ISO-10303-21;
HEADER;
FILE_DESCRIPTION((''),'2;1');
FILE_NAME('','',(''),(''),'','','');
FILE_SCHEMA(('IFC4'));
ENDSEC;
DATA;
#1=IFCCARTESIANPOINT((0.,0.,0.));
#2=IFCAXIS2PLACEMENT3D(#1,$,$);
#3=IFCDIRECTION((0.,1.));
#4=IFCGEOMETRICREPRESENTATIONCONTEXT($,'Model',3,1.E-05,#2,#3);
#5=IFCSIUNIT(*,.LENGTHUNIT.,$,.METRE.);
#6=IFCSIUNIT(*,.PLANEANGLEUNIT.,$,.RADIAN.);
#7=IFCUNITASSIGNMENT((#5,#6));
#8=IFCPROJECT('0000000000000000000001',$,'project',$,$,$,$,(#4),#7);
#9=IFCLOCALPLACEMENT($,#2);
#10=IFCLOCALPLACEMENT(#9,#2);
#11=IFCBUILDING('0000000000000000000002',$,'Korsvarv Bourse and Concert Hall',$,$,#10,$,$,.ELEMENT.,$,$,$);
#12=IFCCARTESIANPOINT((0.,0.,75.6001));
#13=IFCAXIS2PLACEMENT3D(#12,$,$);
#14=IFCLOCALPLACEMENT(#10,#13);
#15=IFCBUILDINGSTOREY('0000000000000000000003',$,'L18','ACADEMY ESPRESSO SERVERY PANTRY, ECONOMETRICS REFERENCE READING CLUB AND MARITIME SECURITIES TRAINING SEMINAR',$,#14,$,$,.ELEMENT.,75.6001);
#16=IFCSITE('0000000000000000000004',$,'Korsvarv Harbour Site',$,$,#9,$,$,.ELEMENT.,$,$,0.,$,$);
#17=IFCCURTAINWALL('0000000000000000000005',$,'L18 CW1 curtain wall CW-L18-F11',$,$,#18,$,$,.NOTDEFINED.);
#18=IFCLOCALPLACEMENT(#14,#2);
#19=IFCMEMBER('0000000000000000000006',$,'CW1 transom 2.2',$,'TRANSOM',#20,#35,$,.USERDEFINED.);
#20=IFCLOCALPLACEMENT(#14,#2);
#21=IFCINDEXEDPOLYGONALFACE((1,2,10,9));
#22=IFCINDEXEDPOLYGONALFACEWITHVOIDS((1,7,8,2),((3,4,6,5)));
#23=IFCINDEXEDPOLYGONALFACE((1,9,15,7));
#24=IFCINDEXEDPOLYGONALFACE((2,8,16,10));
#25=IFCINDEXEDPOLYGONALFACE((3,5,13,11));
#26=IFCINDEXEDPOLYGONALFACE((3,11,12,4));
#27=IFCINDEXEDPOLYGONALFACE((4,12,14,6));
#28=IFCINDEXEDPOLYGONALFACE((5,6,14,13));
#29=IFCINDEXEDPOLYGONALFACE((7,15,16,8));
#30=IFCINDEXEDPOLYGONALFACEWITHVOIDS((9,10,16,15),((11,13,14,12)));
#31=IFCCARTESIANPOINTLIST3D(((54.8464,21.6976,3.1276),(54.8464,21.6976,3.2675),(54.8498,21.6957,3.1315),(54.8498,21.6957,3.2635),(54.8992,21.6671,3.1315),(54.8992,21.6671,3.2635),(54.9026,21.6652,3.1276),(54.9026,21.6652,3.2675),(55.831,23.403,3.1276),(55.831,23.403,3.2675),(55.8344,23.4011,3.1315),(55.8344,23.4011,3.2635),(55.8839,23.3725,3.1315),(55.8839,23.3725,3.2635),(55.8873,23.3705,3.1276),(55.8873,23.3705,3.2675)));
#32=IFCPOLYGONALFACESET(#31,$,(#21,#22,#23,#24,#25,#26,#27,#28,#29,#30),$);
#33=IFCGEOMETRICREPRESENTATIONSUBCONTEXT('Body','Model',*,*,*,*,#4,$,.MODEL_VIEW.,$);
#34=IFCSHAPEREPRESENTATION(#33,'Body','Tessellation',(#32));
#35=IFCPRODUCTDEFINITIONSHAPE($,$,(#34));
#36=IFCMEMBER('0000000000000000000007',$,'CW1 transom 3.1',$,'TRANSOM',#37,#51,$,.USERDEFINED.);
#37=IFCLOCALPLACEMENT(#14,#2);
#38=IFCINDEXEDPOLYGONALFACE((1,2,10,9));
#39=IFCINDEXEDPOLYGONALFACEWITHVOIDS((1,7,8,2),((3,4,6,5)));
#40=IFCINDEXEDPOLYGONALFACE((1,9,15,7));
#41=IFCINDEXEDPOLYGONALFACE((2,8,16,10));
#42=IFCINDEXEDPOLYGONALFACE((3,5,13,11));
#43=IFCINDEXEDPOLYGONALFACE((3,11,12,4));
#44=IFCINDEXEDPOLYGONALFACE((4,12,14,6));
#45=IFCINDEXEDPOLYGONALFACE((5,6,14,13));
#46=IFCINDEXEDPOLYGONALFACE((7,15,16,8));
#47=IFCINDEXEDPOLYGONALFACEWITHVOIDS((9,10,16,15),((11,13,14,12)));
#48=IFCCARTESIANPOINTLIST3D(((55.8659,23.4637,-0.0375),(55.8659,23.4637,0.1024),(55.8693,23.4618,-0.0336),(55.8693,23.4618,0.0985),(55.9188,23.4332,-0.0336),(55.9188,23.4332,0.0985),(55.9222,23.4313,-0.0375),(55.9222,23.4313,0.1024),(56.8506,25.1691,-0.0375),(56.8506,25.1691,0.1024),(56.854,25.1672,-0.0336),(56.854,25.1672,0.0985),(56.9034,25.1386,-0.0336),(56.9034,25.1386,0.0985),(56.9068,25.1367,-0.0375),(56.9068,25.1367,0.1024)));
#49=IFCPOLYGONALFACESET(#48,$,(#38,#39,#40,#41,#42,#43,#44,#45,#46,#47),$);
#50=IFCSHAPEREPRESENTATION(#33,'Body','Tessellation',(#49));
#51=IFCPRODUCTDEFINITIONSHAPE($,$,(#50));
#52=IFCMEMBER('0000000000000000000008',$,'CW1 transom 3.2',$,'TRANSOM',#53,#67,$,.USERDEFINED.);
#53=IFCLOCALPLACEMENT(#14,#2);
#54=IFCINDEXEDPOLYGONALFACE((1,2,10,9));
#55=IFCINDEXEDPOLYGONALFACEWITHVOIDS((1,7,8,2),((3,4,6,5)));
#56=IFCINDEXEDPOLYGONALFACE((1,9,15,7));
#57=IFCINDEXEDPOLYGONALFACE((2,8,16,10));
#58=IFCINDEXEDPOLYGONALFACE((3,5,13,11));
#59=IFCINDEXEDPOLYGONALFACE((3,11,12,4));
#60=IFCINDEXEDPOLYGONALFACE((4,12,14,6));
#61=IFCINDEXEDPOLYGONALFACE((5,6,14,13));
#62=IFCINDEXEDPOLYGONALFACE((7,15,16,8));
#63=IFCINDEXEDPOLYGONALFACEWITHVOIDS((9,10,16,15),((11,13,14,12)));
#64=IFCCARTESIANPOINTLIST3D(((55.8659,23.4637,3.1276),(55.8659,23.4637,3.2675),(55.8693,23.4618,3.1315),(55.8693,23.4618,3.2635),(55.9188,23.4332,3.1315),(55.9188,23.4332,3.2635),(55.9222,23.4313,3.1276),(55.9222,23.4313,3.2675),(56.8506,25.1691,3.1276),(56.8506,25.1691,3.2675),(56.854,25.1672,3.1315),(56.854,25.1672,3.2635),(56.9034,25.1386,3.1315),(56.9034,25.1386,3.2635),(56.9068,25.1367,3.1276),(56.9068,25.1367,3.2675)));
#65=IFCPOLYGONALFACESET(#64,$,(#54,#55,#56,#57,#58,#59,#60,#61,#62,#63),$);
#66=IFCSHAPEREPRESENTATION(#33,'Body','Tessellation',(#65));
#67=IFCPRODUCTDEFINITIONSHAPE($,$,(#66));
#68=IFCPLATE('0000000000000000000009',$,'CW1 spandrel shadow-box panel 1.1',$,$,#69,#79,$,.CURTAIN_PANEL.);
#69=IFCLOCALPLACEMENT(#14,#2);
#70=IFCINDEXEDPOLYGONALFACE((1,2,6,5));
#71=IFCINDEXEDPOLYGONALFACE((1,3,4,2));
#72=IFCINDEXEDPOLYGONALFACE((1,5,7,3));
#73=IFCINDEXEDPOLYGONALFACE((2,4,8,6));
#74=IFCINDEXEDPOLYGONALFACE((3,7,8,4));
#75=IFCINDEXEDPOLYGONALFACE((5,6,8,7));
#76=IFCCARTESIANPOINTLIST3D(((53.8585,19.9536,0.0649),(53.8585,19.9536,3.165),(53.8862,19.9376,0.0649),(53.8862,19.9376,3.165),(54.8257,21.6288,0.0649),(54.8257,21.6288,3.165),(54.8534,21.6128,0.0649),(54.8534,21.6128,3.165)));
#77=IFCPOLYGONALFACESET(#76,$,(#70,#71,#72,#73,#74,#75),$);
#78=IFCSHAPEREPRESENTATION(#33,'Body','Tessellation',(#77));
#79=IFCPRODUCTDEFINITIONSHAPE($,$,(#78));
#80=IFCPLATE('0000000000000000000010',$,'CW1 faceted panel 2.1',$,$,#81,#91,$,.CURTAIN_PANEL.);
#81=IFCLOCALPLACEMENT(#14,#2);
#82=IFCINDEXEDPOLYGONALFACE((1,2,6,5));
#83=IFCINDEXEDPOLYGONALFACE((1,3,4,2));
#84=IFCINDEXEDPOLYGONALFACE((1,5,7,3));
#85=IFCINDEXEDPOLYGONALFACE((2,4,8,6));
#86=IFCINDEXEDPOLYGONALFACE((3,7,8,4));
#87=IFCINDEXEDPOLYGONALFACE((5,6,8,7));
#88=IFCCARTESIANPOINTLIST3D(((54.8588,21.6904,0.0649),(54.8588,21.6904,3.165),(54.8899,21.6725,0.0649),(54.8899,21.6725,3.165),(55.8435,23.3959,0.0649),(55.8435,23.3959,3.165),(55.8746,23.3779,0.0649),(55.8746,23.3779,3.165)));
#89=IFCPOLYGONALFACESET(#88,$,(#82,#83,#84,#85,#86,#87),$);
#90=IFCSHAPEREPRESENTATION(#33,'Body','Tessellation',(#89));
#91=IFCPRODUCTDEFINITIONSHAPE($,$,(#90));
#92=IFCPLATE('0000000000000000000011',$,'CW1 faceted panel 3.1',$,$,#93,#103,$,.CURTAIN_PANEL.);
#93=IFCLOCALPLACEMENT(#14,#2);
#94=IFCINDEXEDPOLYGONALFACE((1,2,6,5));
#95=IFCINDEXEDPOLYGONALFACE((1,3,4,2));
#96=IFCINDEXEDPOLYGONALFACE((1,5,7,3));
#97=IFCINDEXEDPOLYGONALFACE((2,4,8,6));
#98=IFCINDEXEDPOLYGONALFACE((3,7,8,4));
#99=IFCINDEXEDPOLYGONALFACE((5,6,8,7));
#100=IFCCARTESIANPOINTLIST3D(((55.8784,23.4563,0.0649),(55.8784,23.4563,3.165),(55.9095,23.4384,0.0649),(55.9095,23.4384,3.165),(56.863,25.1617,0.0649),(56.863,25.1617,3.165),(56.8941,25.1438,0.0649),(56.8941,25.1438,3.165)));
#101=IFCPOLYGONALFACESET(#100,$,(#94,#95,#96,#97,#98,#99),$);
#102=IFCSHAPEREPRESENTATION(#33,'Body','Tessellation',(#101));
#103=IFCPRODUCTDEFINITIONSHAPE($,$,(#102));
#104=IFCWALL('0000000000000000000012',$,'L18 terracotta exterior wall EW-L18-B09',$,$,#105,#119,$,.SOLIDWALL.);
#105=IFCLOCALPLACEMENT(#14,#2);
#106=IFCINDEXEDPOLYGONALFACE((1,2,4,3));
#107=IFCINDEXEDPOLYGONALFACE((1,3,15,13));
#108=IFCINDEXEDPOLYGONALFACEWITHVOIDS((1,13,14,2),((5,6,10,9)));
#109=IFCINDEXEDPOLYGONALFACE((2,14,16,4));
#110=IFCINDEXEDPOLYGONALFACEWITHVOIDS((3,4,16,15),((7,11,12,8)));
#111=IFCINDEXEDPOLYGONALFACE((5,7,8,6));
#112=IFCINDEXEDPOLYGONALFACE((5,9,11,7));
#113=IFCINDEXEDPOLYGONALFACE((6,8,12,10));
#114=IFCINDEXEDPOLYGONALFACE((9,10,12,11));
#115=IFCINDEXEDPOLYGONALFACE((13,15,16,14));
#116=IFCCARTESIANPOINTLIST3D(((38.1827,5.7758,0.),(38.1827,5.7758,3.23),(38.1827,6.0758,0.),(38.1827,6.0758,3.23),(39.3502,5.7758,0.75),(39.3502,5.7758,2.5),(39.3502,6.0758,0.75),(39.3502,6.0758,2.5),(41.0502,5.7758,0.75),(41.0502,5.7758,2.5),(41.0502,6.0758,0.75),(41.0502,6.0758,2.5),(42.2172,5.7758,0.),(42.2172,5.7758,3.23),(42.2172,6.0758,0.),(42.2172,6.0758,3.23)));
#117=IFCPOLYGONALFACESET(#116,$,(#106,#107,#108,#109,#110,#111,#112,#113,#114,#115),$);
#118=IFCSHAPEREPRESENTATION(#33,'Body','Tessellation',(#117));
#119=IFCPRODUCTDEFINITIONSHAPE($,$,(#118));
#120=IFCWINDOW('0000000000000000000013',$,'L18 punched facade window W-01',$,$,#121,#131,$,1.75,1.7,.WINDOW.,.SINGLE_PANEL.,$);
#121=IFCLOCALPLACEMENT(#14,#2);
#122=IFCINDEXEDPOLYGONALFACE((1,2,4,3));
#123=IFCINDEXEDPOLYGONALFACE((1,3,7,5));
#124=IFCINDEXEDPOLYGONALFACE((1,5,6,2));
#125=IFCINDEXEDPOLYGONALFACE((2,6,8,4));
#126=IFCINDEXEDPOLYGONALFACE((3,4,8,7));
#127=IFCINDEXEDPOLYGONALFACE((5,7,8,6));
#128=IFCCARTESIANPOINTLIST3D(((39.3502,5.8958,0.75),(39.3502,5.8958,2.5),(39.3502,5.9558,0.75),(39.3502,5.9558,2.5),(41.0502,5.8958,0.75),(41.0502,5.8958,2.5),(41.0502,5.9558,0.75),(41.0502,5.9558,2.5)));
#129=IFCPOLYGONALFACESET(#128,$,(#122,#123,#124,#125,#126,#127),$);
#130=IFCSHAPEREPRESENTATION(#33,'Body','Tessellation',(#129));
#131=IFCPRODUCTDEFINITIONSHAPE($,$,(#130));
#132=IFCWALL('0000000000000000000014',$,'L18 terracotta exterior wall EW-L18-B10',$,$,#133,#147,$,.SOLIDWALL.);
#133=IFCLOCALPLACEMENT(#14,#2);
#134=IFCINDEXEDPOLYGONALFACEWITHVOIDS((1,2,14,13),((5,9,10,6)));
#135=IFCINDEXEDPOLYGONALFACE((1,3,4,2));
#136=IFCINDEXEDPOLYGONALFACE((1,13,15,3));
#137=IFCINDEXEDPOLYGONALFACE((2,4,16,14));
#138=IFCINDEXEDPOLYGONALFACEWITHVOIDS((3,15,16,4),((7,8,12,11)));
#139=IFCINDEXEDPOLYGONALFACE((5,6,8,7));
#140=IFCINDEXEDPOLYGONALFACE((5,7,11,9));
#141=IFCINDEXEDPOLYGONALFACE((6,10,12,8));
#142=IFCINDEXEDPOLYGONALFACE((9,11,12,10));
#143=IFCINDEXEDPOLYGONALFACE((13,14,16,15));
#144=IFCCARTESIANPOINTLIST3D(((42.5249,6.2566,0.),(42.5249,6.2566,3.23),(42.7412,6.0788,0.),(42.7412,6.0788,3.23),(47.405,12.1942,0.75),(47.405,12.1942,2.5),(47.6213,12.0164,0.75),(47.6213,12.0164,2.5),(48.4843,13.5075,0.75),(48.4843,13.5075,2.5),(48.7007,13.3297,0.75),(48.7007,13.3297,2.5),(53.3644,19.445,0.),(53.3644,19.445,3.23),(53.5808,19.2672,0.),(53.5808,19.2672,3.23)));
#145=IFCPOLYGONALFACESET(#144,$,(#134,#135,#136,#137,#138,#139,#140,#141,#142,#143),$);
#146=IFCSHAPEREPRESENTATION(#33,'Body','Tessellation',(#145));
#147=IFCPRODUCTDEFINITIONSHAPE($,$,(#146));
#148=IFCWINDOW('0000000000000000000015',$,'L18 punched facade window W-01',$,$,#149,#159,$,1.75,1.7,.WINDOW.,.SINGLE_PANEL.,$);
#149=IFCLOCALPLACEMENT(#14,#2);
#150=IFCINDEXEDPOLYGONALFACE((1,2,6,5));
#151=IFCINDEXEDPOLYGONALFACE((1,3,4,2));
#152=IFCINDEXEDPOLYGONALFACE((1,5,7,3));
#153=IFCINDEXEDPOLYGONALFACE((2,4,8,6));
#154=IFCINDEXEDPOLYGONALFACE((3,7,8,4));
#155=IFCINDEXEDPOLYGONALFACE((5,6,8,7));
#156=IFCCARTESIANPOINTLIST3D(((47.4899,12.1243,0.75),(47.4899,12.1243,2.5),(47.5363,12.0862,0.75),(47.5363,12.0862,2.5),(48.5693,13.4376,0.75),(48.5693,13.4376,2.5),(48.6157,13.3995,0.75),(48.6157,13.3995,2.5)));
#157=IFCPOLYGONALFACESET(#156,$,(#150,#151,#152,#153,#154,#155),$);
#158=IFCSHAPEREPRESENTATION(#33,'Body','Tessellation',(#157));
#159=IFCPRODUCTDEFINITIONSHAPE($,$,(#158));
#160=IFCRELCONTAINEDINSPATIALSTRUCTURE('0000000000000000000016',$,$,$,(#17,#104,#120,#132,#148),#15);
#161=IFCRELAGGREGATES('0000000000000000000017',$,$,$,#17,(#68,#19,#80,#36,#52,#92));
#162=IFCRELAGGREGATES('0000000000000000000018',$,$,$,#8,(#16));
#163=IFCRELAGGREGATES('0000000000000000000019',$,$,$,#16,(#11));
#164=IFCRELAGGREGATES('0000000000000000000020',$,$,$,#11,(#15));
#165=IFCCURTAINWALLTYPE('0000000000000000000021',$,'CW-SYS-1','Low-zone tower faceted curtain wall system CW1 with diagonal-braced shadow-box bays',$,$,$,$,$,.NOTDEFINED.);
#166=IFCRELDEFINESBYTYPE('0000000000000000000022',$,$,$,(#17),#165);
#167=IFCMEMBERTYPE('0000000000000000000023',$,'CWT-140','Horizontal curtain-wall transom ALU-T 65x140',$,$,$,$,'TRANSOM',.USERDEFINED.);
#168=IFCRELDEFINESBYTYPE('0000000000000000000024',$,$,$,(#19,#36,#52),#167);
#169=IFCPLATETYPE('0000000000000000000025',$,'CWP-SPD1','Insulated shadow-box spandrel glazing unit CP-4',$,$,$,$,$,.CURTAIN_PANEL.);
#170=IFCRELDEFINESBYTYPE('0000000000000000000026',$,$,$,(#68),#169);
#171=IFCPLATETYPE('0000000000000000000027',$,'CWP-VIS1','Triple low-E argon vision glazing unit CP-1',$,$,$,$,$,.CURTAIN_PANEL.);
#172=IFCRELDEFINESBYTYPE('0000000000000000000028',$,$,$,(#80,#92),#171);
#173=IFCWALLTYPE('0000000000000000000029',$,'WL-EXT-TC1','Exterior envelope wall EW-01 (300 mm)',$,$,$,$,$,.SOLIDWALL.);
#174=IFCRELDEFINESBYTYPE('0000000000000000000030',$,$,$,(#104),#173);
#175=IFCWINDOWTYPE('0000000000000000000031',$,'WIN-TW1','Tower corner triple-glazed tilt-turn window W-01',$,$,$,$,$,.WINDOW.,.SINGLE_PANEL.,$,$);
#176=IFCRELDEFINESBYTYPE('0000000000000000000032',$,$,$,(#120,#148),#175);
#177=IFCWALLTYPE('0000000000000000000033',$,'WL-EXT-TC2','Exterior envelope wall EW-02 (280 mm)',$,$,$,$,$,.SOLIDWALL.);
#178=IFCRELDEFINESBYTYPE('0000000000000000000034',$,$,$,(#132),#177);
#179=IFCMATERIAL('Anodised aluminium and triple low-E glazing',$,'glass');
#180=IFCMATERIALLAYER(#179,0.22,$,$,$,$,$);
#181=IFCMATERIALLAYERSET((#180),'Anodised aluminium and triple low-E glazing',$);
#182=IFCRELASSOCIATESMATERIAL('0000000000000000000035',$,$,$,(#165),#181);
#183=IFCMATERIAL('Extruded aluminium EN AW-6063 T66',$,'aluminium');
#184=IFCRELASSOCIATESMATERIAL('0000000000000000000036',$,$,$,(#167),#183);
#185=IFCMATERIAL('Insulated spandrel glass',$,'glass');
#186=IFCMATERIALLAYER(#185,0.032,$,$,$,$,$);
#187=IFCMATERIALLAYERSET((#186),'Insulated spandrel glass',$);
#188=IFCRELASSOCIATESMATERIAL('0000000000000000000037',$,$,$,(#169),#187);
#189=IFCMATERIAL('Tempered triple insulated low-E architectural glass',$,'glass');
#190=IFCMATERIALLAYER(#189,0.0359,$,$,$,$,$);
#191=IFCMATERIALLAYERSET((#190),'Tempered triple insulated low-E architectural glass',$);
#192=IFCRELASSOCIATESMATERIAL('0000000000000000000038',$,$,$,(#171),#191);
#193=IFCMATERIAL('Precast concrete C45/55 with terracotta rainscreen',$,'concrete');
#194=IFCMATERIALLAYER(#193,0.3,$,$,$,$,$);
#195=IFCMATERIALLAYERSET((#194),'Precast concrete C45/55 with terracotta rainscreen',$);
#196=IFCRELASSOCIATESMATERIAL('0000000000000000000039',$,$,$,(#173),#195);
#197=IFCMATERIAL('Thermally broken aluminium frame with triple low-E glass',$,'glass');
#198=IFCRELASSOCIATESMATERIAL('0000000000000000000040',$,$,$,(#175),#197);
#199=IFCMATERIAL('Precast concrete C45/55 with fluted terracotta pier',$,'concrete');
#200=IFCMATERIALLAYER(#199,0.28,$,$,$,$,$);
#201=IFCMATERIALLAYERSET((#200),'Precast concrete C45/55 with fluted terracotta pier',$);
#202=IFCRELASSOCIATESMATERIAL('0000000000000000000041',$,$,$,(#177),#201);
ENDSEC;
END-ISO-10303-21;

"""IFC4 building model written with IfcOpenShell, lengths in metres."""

from ifc_helpers import new_model, si_unit, direction, frame, frame_2d, origin, origin_2d, place, context, subcontext, project, spatial, rectangle, hollow_rectangle, extrude, source, transform, mapped, material, layer, layer_set, material_profile, profile_set, type_object, element, fill, aggregate, save


model = new_model("IFC4")

# Units and contexts
model_context = context("Model", 3, precision=1e-05, world=origin(), true_north=direction((0.0, 1.0)))
body_context = subcontext(model_context, "Body", "Model", "MODEL_VIEW")
ifc_project = project(units=[si_unit("LENGTHUNIT", "METRE"), si_unit("PLANEANGLEUNIT", "RADIAN")], contexts=[model_context])

# Site, building, storey
site_placement = place(None, origin())
site = spatial("IfcSite", under=ifc_project, at=site_placement, Name="Korsvarv Harbour Site", CompositionType="ELEMENT", RefElevation=0.0)
building_placement = place(site_placement, origin())
building = spatial("IfcBuilding", under=site, at=building_placement, Name="Korsvarv Bourse and Concert Hall", CompositionType="ELEMENT")
storey_placement = place(building_placement, frame((0.0, 0.0, 75.6001)))
storey = spatial("IfcBuildingStorey", under=building, at=storey_placement, Name="L18", Description="ACADEMY ESPRESSO SERVERY PANTRY, ECONOMETRICS REFERENCE READING CLUB AND MARITIME SECURITIES TRAINING SEMINAR", CompositionType="ELEMENT", Elevation=75.6001)

# Curtain wall, members, plates
ifc_material_1 = material(Name="Anodised aluminium and triple low-E glazing", Category="glass")
ifc_layer_1 = layer(ifc_material_1, 0.22)
ifc_layer_set_1 = layer_set([ifc_layer_1], Name="Anodised aluminium and triple low-E glazing")
curtain_wall_type = type_object("IfcCurtainWallType", Name="CW-SYS-1", Description="Low-zone tower faceted curtain wall system CW1 with diagonal-braced shadow-box bays", PredefinedType="NOTDEFINED", material=ifc_layer_set_1)
curtain_wall_placement = place(storey_placement, origin())
curtain_wall = element("IfcCurtainWall", 1, at=curtain_wall_placement, inside=storey, type_object=curtain_wall_type, Name="L18 CW1 curtain wall CW-L18-F11", PredefinedType="NOTDEFINED")
ifc_material_2 = material(Name="Extruded aluminium EN AW-6063 T66", Category="aluminium")
ifc_material_profile_1 = material_profile(ifc_material_2, hollow_rectangle(XDim=0.0649, YDim=0.1399, WallThickness=0.0039, at=origin_2d()), Name="ALU-T 65x140")
ifc_profile_set_1 = profile_set([ifc_material_profile_1], Name="Extruded aluminium EN AW-6063 T66")
member_type_1 = type_object("IfcMemberType", Name="CWT-140", Description="Horizontal curtain-wall transom ALU-T 65x140", ElementType="TRANSOM", PredefinedType="USERDEFINED", material=ifc_profile_set_1)
shared_shape_1 = source(origin(), body_context, "Body", "SweptSolid", [
    extrude(hollow_rectangle(XDim=0.0649, YDim=0.1399, WallThickness=0.0039, at=origin_2d()), origin(), (0.0, 0.0, 1.0), 1.9692),
])
member_1_placement = place(storey_placement, frame((54.8745, 21.6814, 3.1975), z_axis=(0.500019, 0.866014, 0.0), x_axis=(-0.866014, 0.500019, 0.0)))
member_1 = element("IfcMember", 2, at=member_1_placement, type_object=member_type_1, Name="CW1 transom 2.2", ObjectType="TRANSOM", PredefinedType="USERDEFINED", context=body_context, shape_type="MappedRepresentation", body=[
    mapped(shared_shape_1, transform((0.0, 0.0, 0.0), scale=1.0)),
])
member_2_placement = place(storey_placement, frame((55.894, 23.4475, 0.0325), z_axis=(0.500019, 0.866014, 0.0), x_axis=(-0.866014, 0.500019, 0.0)))
member_2 = element("IfcMember", 3, at=member_2_placement, type_object=member_type_1, Name="CW1 transom 3.1", ObjectType="TRANSOM", PredefinedType="USERDEFINED", context=body_context, shape_type="MappedRepresentation", body=[
    mapped(shared_shape_1, transform((0.0, 0.0, 0.0), scale=1.0)),
])
member_3_placement = place(storey_placement, frame((55.894, 23.4475, 3.1975), z_axis=(0.500019, 0.866014, 0.0), x_axis=(-0.866014, 0.500019, 0.0)))
member_3 = element("IfcMember", 4, at=member_3_placement, type_object=member_type_1, Name="CW1 transom 3.2", ObjectType="TRANSOM", PredefinedType="USERDEFINED", context=body_context, shape_type="MappedRepresentation", body=[
    mapped(shared_shape_1, transform((0.0, 0.0, 0.0), scale=1.0)),
])
ifc_material_3 = material(Name="Insulated spandrel glass", Category="glass")
ifc_layer_2 = layer(ifc_material_3, 0.032)
ifc_layer_set_2 = layer_set([ifc_layer_2], Name="Insulated spandrel glass")
plate_type_1 = type_object("IfcPlateType", Name="CWP-SPD1", Description="Insulated shadow-box spandrel glazing unit CP-4", PredefinedType="CURTAIN_PANEL", material=ifc_layer_set_2)
shared_shape_2 = source(origin(), body_context, "Body", "SweptSolid", [
    extrude(rectangle(XDim=1.9343, YDim=0.032, at=origin_2d()), origin(), (0.0, 0.0, 1.0), 3.1001),
])
plate_1_placement = place(storey_placement, frame((54.356, 20.7832, 0.0649), z_axis=(0.0, 0.0, 1.0), x_axis=(0.500002, 0.866024, 0.0)))
plate_1 = element("IfcPlate", 5, at=plate_1_placement, type_object=plate_type_1, Name="CW1 spandrel shadow-box panel 1.1", PredefinedType="CURTAIN_PANEL", context=body_context, shape_type="MappedRepresentation", body=[
    mapped(shared_shape_2, transform((0.0, 0.0, 0.0), scale=1.0)),
])
ifc_material_4 = material(Name="Tempered triple insulated low-E architectural glass", Category="glass")
ifc_layer_3 = layer(ifc_material_4, 0.0359)
ifc_layer_set_3 = layer_set([ifc_layer_3], Name="Tempered triple insulated low-E architectural glass")
plate_type_2 = type_object("IfcPlateType", Name="CWP-VIS1", Description="Triple low-E argon vision glazing unit CP-1", PredefinedType="CURTAIN_PANEL", material=ifc_layer_set_3)
shared_shape_3 = source(origin(), body_context, "Body", "SweptSolid", [
    extrude(rectangle(XDim=1.9692, YDim=0.0359, at=origin_2d()), origin(), (0.0, 0.0, 1.0), 3.1001),
])
plate_2_placement = place(storey_placement, frame((55.3667, 22.5342, 0.0649), z_axis=(0.0, 0.0, 1.0), x_axis=(0.500002, 0.866024, 0.0)))
plate_2 = element("IfcPlate", 6, at=plate_2_placement, type_object=plate_type_2, Name="CW1 faceted panel 2.1", PredefinedType="CURTAIN_PANEL", context=body_context, shape_type="MappedRepresentation", body=[
    mapped(shared_shape_3, transform((0.0, 0.0, 0.0), scale=1.0)),
])
plate_3_placement = place(storey_placement, frame((56.3862, 24.3, 0.0649), z_axis=(0.0, 0.0, 1.0), x_axis=(0.500002, 0.866024, 0.0)))
plate_3 = element("IfcPlate", 7, at=plate_3_placement, type_object=plate_type_2, Name="CW1 faceted panel 3.1", PredefinedType="CURTAIN_PANEL", context=body_context, shape_type="MappedRepresentation", body=[
    mapped(shared_shape_3, transform((0.0, 0.0, 0.0), scale=1.0)),
])
aggregate(curtain_wall, [plate_1, member_1, plate_2, member_2, member_3, plate_3])

# Walls, openings, windows
ifc_material_5 = material(Name="Precast concrete C45/55 with terracotta rainscreen", Category="concrete")
ifc_layer_4 = layer(ifc_material_5, 0.3)
ifc_layer_set_4 = layer_set([ifc_layer_4], Name="Precast concrete C45/55 with terracotta rainscreen")
wall_type_1 = type_object("IfcWallType", Name="WL-EXT-TC1", Description="Exterior envelope wall EW-01 (300 mm)", PredefinedType="SOLIDWALL", material=ifc_layer_set_4)
wall_1_placement = place(storey_placement, frame((38.1829, 5.9258, 0.0), z_axis=(0.0, 0.0, 1.0), x_axis=(1.0, 0.0, 0.0)))
wall_1 = element("IfcWall", 8, at=wall_1_placement, inside=storey, type_object=wall_type_1, Name="L18 terracotta exterior wall EW-L18-B09", PredefinedType="SOLIDWALL", context=body_context, shape_type="SweptSolid", body=[
    extrude(rectangle(XDim=4.0344, YDim=0.3, at=frame_2d((2.0171, 0.0))), origin(), (0.0, 0.0, 1.0), 3.23),
])
opening_1_placement = place(wall_1_placement, frame((1.1672, 0.0, 0.75)))
opening_1 = element("IfcOpeningElement", 9, at=opening_1_placement, cuts=wall_1, PredefinedType="OPENING", context=body_context, shape_type="SweptSolid", body=[
    extrude(rectangle(XDim=1.7, YDim=1.75, at=frame_2d((0.8501, 0.875))), frame((0.0, 0.1602, 0.0), z_axis=(0.0, -1.0, 0.0), x_axis=(1.0, 0.0, 0.0)), (0.0, 0.0, 1.0), 0.3201),
])
ifc_material_6 = material(Name="Thermally broken aluminium frame with triple low-E glass", Category="glass")
window_type = type_object("IfcWindowType", Name="WIN-TW1", Description="Tower corner triple-glazed tilt-turn window W-01", PartitioningType="SINGLE_PANEL", PredefinedType="WINDOW", material=ifc_material_6)
window_1_placement = place(opening_1_placement, origin())
window_1 = element("IfcWindow", 10, at=window_1_placement, inside=storey, type_object=window_type, Name="L18 punched facade window W-01", OverallHeight=1.75, OverallWidth=1.7, PartitioningType="SINGLE_PANEL", PredefinedType="WINDOW", context=body_context, shape_type="SweptSolid", body=[
    extrude(rectangle(XDim=1.7, YDim=1.75, at=frame_2d((0.8501, 0.875))), frame((0.0, 0.03, 0.0), z_axis=(0.0, -1.0, 0.0), x_axis=(1.0, 0.0, 0.0)), (0.0, 0.0, 1.0), 0.0601),
])
fill(opening_1, window_1)
ifc_material_7 = material(Name="Precast concrete C45/55 with fluted terracotta pier", Category="concrete")
ifc_layer_5 = layer(ifc_material_7, 0.28)
ifc_layer_set_5 = layer_set([ifc_layer_5], Name="Precast concrete C45/55 with fluted terracotta pier")
wall_type_2 = type_object("IfcWallType", Name="WL-EXT-TC2", Description="Exterior envelope wall EW-02 (280 mm)", PredefinedType="SOLIDWALL", material=ifc_layer_set_5)
wall_2_placement = place(storey_placement, frame((42.6331, 6.1677, 0.0), z_axis=(0.0, 0.0, 1.0), x_axis=(0.634957, 0.772548, 0.0)))
wall_2 = element("IfcWall", 11, at=wall_2_placement, inside=storey, type_object=wall_type_2, Name="L18 terracotta exterior wall EW-L18-B10", PredefinedType="SOLIDWALL", context=body_context, shape_type="SweptSolid", body=[
    extrude(rectangle(XDim=17.0713, YDim=0.28, at=frame_2d((8.5356, 0.0))), origin(), (0.0, 0.0, 1.0), 3.23),
])
opening_2_placement = place(wall_2_placement, frame((7.6855, 0.0, 0.75)))
opening_2 = element("IfcOpeningElement", 12, at=opening_2_placement, cuts=wall_2, PredefinedType="OPENING", context=body_context, shape_type="SweptSolid", body=[
    extrude(rectangle(XDim=1.7, YDim=1.75, at=frame_2d((0.8501, 0.875))), frame((0.0, 0.1499, 0.0), z_axis=(0.0, -1.0, 0.0), x_axis=(1.0, 0.0, 0.0)), (0.0, 0.0, 1.0), 0.3),
])
window_2_placement = place(opening_2_placement, origin())
window_2 = element("IfcWindow", 13, at=window_2_placement, inside=storey, type_object=window_type, Name="L18 punched facade window W-01", OverallHeight=1.75, OverallWidth=1.7, PartitioningType="SINGLE_PANEL", PredefinedType="WINDOW", context=body_context, shape_type="SweptSolid", body=[
    extrude(rectangle(XDim=1.7, YDim=1.75, at=frame_2d((0.8501, 0.875))), frame((0.0, 0.03, 0.0), z_axis=(0.0, -1.0, 0.0), x_axis=(1.0, 0.0, 0.0)), (0.0, 0.0, 1.0), 0.0601),
])
fill(opening_2, window_2)

save(model, "model.ifc")
